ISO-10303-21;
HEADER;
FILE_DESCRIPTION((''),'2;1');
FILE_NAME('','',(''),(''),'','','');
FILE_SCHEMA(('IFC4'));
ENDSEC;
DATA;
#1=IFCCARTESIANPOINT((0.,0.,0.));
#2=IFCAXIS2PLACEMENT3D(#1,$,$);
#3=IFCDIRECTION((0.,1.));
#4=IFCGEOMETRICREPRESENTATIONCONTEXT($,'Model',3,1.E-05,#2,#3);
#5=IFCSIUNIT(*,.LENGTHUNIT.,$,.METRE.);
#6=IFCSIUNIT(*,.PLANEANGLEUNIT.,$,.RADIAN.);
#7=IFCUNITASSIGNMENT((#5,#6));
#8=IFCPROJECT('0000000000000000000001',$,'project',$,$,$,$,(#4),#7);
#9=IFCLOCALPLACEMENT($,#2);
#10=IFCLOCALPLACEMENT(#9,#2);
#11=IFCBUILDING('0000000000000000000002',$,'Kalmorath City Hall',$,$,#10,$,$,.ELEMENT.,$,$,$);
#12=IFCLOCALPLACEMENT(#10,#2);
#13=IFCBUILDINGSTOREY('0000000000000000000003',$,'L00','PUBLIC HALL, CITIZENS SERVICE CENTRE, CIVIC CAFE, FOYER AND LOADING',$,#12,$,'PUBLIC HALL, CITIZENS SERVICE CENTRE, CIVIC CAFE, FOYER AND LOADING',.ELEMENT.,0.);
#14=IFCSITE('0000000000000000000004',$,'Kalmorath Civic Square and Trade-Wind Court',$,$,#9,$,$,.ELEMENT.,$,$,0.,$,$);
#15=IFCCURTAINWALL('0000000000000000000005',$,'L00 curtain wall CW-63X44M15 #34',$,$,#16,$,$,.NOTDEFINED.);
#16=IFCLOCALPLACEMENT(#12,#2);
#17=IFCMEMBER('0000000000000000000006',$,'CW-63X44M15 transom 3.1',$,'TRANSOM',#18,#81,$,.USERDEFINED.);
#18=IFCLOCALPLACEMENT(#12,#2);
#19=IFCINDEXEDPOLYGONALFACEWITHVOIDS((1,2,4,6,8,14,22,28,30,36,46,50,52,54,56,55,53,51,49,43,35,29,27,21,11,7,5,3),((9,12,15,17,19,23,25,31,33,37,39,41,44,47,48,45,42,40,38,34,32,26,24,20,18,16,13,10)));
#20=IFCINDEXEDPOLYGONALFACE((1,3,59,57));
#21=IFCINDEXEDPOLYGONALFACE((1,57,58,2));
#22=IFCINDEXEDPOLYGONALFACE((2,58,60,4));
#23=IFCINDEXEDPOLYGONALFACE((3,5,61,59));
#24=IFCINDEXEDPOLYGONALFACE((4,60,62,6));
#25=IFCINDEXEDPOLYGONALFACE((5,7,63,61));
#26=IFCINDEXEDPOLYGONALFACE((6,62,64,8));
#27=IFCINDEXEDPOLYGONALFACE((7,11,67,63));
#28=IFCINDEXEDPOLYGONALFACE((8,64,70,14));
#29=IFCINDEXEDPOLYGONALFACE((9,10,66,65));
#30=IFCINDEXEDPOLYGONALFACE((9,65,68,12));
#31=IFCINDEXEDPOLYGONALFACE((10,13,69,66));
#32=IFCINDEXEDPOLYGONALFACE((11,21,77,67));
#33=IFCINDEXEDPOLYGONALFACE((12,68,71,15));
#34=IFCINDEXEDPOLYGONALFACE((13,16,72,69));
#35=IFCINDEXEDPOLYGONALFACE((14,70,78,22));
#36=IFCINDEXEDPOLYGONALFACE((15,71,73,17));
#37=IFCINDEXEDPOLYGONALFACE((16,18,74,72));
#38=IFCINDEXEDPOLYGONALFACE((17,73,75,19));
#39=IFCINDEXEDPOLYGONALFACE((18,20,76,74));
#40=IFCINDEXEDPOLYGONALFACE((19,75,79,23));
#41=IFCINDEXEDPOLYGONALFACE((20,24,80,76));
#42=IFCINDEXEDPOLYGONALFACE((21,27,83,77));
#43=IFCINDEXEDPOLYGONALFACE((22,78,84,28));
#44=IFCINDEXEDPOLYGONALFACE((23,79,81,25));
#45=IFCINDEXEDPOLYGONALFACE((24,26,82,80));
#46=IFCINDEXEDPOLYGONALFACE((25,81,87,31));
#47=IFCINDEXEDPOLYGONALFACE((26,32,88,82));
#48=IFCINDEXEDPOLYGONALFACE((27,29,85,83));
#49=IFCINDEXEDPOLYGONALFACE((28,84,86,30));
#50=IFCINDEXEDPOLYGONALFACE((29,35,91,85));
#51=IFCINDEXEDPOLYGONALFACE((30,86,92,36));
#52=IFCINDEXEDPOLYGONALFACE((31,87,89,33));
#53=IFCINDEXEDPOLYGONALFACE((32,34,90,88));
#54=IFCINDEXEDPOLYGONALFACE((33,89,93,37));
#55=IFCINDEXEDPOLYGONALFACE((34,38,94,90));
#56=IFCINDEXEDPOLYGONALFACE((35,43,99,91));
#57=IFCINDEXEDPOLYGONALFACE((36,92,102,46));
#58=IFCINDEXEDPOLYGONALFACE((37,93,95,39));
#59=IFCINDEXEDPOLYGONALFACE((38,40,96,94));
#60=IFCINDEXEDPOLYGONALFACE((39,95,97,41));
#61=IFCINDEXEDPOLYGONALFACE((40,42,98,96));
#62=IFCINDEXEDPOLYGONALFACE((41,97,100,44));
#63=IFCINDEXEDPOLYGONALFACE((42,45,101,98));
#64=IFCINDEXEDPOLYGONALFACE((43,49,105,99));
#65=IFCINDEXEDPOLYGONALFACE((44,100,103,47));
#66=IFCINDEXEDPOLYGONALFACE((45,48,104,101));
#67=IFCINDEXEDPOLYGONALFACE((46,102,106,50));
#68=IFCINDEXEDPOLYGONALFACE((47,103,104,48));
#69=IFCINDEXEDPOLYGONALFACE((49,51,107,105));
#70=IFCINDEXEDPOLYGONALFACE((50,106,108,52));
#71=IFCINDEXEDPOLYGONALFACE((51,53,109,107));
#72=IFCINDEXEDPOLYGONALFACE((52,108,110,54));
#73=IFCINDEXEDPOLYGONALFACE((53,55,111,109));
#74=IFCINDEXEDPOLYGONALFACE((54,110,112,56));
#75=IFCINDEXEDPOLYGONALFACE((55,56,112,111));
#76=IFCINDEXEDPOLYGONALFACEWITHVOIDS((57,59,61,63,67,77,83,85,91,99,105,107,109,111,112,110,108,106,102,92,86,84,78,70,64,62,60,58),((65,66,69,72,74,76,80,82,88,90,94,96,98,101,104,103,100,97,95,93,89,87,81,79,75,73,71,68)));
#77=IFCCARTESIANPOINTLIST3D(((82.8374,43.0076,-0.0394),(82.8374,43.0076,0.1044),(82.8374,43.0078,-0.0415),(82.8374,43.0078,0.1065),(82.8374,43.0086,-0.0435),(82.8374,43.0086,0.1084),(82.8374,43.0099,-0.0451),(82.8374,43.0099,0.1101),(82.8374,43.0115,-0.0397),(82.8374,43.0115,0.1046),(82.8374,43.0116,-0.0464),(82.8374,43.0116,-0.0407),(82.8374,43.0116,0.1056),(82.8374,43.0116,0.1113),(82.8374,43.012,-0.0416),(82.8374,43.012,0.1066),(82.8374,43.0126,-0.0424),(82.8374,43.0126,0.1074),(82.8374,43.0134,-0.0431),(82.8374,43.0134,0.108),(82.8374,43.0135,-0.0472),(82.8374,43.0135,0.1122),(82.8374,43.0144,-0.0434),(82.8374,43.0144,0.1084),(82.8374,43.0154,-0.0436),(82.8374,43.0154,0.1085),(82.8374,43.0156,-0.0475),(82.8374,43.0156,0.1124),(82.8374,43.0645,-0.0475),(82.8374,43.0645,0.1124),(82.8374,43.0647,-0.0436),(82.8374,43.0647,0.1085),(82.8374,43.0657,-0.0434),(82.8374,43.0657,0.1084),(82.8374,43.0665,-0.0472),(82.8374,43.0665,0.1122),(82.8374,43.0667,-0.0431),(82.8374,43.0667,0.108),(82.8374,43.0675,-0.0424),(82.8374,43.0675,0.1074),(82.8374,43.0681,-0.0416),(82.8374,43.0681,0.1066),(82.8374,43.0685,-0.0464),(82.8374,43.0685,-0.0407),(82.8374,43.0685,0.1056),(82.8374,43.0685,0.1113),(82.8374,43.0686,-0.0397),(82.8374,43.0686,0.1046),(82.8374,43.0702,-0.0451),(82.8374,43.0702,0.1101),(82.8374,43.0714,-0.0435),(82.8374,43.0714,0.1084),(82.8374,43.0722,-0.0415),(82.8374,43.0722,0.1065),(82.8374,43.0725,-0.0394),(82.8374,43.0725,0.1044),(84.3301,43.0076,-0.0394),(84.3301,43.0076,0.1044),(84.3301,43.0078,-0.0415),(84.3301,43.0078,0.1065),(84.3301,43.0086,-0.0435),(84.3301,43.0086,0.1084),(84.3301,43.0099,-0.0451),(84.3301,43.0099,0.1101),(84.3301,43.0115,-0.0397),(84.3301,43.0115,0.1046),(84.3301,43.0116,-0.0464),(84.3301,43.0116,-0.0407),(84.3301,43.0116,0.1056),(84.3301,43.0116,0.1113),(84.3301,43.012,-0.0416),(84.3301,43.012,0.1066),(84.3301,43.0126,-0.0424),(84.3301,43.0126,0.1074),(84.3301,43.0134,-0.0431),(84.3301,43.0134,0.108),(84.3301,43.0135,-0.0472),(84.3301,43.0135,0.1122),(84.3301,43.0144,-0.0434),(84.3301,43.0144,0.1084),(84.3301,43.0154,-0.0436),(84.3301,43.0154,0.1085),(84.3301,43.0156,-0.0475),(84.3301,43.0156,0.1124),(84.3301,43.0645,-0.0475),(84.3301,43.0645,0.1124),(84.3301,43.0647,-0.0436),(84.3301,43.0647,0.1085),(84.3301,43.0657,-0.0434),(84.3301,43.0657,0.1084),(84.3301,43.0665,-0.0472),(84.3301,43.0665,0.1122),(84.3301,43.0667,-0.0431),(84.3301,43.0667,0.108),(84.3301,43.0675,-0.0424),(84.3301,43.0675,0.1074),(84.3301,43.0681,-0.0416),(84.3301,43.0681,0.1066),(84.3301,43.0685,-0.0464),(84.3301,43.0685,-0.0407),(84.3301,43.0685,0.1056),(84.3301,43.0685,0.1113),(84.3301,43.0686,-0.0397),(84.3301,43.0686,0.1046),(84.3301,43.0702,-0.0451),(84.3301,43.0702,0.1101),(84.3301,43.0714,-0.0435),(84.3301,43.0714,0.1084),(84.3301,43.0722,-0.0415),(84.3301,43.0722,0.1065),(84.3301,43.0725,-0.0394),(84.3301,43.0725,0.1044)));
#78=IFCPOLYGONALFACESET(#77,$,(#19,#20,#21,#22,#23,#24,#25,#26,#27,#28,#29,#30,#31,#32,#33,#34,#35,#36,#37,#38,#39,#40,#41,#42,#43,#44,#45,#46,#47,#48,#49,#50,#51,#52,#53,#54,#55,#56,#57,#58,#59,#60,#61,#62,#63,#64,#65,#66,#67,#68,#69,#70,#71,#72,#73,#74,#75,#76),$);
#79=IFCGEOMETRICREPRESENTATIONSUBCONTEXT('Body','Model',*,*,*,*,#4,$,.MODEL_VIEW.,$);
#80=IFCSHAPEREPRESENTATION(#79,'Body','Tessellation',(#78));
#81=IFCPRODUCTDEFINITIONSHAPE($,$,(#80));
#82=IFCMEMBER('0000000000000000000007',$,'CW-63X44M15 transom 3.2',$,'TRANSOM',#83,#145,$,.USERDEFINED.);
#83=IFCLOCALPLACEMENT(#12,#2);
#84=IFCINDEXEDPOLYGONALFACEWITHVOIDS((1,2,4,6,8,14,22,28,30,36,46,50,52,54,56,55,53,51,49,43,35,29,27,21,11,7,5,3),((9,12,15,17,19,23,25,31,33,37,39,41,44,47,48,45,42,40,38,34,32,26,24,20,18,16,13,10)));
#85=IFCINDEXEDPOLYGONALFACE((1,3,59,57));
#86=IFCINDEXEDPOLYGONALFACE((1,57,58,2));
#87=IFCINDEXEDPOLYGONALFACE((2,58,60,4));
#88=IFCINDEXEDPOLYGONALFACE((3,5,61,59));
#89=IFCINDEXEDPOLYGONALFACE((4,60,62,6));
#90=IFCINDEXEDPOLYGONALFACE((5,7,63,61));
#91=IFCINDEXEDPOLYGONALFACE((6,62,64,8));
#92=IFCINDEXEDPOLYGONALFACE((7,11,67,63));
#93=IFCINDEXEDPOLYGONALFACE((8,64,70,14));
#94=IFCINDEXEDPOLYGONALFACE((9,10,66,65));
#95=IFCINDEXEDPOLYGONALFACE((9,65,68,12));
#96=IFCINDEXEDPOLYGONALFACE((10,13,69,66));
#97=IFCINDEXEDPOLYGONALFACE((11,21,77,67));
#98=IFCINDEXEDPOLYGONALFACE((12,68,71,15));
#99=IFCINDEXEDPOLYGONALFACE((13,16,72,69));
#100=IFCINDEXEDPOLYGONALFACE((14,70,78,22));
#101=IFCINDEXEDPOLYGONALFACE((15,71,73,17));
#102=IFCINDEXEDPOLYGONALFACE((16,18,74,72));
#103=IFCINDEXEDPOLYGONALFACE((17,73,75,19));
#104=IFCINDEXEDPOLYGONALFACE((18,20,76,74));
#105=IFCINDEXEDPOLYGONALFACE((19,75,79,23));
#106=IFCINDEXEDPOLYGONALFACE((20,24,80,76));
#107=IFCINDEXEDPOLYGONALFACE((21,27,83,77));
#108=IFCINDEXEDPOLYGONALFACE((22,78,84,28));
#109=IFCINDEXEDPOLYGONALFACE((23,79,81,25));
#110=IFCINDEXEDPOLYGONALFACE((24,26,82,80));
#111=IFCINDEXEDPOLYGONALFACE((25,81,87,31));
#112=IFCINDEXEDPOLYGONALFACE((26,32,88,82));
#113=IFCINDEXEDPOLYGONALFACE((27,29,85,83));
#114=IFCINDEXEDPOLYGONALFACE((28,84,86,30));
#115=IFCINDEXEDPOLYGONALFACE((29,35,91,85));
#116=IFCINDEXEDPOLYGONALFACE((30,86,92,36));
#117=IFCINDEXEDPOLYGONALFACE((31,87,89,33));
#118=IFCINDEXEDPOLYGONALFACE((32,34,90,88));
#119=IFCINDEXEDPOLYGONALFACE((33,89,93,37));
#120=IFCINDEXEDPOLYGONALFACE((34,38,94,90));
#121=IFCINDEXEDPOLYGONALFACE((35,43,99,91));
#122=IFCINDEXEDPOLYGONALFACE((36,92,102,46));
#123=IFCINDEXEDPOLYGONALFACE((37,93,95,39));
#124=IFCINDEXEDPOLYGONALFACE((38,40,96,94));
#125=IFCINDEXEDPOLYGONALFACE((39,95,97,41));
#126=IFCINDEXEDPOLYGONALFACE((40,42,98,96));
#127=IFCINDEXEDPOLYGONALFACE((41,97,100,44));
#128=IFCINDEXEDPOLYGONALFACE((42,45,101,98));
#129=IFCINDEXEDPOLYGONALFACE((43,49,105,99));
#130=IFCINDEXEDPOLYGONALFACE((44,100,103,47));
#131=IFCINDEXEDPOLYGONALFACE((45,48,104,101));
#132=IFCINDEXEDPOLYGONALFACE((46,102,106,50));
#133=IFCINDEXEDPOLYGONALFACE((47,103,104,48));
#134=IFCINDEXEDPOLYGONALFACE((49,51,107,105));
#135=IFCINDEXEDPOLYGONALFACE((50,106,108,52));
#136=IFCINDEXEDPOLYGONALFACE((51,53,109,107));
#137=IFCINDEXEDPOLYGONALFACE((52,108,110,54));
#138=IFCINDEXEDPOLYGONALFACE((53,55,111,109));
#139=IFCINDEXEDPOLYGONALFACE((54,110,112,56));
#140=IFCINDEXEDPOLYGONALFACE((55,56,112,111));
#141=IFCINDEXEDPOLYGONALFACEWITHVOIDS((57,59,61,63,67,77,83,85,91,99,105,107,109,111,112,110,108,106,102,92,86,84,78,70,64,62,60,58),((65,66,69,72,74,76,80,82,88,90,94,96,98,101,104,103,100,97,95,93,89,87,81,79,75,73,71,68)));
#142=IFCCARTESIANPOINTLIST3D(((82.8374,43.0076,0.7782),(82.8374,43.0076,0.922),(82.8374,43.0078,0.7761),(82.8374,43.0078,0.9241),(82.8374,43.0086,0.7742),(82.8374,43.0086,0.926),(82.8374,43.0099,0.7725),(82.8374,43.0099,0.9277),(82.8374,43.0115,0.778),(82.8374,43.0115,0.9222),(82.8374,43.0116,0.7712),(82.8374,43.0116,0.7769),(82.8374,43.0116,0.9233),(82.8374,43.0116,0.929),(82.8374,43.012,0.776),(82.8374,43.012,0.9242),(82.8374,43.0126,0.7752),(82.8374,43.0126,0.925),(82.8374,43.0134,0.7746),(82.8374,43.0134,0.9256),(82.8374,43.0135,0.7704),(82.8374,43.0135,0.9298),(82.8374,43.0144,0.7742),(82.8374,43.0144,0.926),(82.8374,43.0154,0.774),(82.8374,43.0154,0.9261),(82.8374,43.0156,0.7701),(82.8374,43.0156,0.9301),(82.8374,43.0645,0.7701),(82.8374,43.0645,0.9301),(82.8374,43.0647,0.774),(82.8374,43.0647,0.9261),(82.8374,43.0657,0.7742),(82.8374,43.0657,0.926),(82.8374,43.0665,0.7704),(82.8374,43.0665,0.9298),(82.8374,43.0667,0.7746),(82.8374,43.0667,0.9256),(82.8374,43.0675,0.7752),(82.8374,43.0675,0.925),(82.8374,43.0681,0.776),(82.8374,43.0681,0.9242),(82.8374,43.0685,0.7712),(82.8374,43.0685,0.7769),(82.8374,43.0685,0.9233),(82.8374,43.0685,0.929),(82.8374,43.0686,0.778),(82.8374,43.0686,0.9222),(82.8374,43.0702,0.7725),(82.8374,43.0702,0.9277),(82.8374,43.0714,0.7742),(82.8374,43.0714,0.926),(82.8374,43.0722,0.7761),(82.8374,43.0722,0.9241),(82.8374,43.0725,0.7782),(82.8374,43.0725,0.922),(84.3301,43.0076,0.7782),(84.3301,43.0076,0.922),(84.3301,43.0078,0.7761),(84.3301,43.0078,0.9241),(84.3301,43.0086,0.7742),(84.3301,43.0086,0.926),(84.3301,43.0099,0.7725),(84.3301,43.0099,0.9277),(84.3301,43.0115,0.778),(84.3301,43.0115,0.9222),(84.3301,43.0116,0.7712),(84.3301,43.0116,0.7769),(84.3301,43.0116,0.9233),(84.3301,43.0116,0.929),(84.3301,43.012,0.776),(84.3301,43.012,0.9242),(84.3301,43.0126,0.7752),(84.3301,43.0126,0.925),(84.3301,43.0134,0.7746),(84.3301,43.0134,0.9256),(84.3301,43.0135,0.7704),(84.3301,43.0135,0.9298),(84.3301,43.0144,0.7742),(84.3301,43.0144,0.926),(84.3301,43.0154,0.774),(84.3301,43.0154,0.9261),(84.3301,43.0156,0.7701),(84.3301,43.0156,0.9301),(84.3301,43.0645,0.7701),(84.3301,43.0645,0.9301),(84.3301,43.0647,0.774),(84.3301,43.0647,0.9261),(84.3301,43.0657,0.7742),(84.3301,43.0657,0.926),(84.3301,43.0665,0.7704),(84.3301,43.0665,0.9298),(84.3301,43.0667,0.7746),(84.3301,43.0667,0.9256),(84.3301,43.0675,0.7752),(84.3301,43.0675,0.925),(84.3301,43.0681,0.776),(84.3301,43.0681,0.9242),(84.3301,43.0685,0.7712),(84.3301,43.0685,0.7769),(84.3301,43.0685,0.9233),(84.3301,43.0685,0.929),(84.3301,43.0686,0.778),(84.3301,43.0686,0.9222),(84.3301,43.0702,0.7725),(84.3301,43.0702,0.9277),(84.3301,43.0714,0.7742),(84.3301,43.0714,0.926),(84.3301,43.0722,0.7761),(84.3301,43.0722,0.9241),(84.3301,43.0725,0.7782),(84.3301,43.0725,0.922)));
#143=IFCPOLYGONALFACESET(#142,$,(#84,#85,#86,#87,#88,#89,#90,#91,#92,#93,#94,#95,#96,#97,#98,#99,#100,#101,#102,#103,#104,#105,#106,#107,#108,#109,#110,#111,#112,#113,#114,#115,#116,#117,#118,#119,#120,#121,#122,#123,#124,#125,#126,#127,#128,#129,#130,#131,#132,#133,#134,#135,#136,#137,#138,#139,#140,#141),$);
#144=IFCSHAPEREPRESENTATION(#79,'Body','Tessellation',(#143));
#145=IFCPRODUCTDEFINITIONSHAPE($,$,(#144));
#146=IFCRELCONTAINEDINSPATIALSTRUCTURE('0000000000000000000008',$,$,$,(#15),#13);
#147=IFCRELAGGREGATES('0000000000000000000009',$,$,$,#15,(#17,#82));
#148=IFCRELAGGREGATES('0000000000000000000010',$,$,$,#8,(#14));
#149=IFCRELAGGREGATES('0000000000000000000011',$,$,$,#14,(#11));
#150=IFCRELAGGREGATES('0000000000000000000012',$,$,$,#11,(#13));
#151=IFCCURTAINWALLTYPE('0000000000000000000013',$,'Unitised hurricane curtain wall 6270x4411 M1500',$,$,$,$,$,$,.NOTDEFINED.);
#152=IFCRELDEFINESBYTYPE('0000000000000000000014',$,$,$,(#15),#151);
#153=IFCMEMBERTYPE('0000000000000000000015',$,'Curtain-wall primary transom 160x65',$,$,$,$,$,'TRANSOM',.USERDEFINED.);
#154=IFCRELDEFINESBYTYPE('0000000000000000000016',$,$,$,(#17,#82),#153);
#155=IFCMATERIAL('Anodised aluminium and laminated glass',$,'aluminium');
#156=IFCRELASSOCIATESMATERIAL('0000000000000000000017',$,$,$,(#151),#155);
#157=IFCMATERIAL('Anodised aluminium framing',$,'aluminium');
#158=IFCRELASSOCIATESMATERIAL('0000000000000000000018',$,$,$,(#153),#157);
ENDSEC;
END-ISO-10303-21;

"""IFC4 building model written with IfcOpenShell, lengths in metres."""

from ifc_helpers import new_model, si_unit, direction, frame, origin, origin_2d, place, context, subcontext, project, spatial, hollow_rectangle, extrude, material, material_profile, profile_set, type_object, element, aggregate, save


model = new_model("IFC4")

# Units and contexts
model_context = context("Model", 3, precision=1e-05, world=origin(), true_north=direction((0.0, 1.0)))
body_context = subcontext(model_context, "Body", "Model", "MODEL_VIEW")
ifc_project = project(units=[si_unit("LENGTHUNIT", "METRE"), si_unit("PLANEANGLEUNIT", "RADIAN")], contexts=[model_context])

# Site, building, storey
site_placement = place(None, origin())
site = spatial("IfcSite", under=ifc_project, at=site_placement, Name="Kalmorath Civic Square and Trade-Wind Court", CompositionType="ELEMENT", RefElevation=0.0)
building_placement = place(site_placement, origin())
building = spatial("IfcBuilding", under=site, at=building_placement, Name="Kalmorath City Hall", CompositionType="ELEMENT")
storey_placement = place(building_placement, origin())
storey = spatial("IfcBuildingStorey", under=building, at=storey_placement, Name="L00", Description="PUBLIC HALL, CITIZENS SERVICE CENTRE, CIVIC CAFE, FOYER AND LOADING", LongName="PUBLIC HALL, CITIZENS SERVICE CENTRE, CIVIC CAFE, FOYER AND LOADING", CompositionType="ELEMENT", Elevation=0.0)

# Curtain wall, members
ifc_material_1 = material(Name="Anodised aluminium and laminated glass", Category="aluminium")
curtain_wall_type_1 = type_object("IfcCurtainWallType", Name="Unitised hurricane curtain wall 6270x4411 M1500", PredefinedType="NOTDEFINED", material=ifc_material_1)
curtain_wall_1_placement = place(storey_placement, origin())
curtain_wall_1 = element("IfcCurtainWall", 1, at=curtain_wall_1_placement, inside=storey, type_object=curtain_wall_type_1, Name="L00 curtain wall CW-63X44M15 #34", PredefinedType="NOTDEFINED")
ifc_material_2 = material(Name="Anodised aluminium framing", Category="aluminium")
ifc_material_profile_1 = material_profile(ifc_material_2, hollow_rectangle(XDim=0.0649, YDim=0.1599, WallThickness=0.0039, InnerFilletRadius=0.0039, OuterFilletRadius=0.0081, at=origin_2d()), Name="ALU-TRN-160X65X4")
ifc_profile_set_1 = profile_set([ifc_material_profile_1], Name="Anodised aluminium framing")
member_type_1 = type_object("IfcMemberType", Name="Curtain-wall primary transom 160x65", ElementType="TRANSOM", PredefinedType="USERDEFINED", material=ifc_profile_set_1)
member_1_placement = place(storey_placement, frame((82.8374, 43.04, 0.0325), z_axis=(1.0, 0.0, 0.0), x_axis=(0.0, 1.0, 0.0)))
member_1 = element("IfcMember", 2, at=member_1_placement, type_object=member_type_1, Name="CW-63X44M15 transom 3.1", ObjectType="TRANSOM", PredefinedType="USERDEFINED", context=body_context, shape_type="SweptSolid", body=[
    extrude(hollow_rectangle(XDim=0.0649, YDim=0.1599, WallThickness=0.0039, InnerFilletRadius=0.0039, OuterFilletRadius=0.0081, at=origin_2d()), origin(), (0.0, 0.0, 1.0), 1.4927),
])
member_2_placement = place(storey_placement, frame((82.8374, 43.04, 0.8501), z_axis=(1.0, 0.0, 0.0), x_axis=(0.0, 1.0, 0.0)))
member_2 = element("IfcMember", 3, at=member_2_placement, type_object=member_type_1, Name="CW-63X44M15 transom 3.2", ObjectType="TRANSOM", PredefinedType="USERDEFINED", context=body_context, shape_type="SweptSolid", body=[
    extrude(hollow_rectangle(XDim=0.0649, YDim=0.1599, WallThickness=0.0039, InnerFilletRadius=0.0039, OuterFilletRadius=0.0081, at=origin_2d()), origin(), (0.0, 0.0, 1.0), 1.4927),
])

aggregate(curtain_wall_1, [member_1, member_2])

save(model, "model.ifc")
